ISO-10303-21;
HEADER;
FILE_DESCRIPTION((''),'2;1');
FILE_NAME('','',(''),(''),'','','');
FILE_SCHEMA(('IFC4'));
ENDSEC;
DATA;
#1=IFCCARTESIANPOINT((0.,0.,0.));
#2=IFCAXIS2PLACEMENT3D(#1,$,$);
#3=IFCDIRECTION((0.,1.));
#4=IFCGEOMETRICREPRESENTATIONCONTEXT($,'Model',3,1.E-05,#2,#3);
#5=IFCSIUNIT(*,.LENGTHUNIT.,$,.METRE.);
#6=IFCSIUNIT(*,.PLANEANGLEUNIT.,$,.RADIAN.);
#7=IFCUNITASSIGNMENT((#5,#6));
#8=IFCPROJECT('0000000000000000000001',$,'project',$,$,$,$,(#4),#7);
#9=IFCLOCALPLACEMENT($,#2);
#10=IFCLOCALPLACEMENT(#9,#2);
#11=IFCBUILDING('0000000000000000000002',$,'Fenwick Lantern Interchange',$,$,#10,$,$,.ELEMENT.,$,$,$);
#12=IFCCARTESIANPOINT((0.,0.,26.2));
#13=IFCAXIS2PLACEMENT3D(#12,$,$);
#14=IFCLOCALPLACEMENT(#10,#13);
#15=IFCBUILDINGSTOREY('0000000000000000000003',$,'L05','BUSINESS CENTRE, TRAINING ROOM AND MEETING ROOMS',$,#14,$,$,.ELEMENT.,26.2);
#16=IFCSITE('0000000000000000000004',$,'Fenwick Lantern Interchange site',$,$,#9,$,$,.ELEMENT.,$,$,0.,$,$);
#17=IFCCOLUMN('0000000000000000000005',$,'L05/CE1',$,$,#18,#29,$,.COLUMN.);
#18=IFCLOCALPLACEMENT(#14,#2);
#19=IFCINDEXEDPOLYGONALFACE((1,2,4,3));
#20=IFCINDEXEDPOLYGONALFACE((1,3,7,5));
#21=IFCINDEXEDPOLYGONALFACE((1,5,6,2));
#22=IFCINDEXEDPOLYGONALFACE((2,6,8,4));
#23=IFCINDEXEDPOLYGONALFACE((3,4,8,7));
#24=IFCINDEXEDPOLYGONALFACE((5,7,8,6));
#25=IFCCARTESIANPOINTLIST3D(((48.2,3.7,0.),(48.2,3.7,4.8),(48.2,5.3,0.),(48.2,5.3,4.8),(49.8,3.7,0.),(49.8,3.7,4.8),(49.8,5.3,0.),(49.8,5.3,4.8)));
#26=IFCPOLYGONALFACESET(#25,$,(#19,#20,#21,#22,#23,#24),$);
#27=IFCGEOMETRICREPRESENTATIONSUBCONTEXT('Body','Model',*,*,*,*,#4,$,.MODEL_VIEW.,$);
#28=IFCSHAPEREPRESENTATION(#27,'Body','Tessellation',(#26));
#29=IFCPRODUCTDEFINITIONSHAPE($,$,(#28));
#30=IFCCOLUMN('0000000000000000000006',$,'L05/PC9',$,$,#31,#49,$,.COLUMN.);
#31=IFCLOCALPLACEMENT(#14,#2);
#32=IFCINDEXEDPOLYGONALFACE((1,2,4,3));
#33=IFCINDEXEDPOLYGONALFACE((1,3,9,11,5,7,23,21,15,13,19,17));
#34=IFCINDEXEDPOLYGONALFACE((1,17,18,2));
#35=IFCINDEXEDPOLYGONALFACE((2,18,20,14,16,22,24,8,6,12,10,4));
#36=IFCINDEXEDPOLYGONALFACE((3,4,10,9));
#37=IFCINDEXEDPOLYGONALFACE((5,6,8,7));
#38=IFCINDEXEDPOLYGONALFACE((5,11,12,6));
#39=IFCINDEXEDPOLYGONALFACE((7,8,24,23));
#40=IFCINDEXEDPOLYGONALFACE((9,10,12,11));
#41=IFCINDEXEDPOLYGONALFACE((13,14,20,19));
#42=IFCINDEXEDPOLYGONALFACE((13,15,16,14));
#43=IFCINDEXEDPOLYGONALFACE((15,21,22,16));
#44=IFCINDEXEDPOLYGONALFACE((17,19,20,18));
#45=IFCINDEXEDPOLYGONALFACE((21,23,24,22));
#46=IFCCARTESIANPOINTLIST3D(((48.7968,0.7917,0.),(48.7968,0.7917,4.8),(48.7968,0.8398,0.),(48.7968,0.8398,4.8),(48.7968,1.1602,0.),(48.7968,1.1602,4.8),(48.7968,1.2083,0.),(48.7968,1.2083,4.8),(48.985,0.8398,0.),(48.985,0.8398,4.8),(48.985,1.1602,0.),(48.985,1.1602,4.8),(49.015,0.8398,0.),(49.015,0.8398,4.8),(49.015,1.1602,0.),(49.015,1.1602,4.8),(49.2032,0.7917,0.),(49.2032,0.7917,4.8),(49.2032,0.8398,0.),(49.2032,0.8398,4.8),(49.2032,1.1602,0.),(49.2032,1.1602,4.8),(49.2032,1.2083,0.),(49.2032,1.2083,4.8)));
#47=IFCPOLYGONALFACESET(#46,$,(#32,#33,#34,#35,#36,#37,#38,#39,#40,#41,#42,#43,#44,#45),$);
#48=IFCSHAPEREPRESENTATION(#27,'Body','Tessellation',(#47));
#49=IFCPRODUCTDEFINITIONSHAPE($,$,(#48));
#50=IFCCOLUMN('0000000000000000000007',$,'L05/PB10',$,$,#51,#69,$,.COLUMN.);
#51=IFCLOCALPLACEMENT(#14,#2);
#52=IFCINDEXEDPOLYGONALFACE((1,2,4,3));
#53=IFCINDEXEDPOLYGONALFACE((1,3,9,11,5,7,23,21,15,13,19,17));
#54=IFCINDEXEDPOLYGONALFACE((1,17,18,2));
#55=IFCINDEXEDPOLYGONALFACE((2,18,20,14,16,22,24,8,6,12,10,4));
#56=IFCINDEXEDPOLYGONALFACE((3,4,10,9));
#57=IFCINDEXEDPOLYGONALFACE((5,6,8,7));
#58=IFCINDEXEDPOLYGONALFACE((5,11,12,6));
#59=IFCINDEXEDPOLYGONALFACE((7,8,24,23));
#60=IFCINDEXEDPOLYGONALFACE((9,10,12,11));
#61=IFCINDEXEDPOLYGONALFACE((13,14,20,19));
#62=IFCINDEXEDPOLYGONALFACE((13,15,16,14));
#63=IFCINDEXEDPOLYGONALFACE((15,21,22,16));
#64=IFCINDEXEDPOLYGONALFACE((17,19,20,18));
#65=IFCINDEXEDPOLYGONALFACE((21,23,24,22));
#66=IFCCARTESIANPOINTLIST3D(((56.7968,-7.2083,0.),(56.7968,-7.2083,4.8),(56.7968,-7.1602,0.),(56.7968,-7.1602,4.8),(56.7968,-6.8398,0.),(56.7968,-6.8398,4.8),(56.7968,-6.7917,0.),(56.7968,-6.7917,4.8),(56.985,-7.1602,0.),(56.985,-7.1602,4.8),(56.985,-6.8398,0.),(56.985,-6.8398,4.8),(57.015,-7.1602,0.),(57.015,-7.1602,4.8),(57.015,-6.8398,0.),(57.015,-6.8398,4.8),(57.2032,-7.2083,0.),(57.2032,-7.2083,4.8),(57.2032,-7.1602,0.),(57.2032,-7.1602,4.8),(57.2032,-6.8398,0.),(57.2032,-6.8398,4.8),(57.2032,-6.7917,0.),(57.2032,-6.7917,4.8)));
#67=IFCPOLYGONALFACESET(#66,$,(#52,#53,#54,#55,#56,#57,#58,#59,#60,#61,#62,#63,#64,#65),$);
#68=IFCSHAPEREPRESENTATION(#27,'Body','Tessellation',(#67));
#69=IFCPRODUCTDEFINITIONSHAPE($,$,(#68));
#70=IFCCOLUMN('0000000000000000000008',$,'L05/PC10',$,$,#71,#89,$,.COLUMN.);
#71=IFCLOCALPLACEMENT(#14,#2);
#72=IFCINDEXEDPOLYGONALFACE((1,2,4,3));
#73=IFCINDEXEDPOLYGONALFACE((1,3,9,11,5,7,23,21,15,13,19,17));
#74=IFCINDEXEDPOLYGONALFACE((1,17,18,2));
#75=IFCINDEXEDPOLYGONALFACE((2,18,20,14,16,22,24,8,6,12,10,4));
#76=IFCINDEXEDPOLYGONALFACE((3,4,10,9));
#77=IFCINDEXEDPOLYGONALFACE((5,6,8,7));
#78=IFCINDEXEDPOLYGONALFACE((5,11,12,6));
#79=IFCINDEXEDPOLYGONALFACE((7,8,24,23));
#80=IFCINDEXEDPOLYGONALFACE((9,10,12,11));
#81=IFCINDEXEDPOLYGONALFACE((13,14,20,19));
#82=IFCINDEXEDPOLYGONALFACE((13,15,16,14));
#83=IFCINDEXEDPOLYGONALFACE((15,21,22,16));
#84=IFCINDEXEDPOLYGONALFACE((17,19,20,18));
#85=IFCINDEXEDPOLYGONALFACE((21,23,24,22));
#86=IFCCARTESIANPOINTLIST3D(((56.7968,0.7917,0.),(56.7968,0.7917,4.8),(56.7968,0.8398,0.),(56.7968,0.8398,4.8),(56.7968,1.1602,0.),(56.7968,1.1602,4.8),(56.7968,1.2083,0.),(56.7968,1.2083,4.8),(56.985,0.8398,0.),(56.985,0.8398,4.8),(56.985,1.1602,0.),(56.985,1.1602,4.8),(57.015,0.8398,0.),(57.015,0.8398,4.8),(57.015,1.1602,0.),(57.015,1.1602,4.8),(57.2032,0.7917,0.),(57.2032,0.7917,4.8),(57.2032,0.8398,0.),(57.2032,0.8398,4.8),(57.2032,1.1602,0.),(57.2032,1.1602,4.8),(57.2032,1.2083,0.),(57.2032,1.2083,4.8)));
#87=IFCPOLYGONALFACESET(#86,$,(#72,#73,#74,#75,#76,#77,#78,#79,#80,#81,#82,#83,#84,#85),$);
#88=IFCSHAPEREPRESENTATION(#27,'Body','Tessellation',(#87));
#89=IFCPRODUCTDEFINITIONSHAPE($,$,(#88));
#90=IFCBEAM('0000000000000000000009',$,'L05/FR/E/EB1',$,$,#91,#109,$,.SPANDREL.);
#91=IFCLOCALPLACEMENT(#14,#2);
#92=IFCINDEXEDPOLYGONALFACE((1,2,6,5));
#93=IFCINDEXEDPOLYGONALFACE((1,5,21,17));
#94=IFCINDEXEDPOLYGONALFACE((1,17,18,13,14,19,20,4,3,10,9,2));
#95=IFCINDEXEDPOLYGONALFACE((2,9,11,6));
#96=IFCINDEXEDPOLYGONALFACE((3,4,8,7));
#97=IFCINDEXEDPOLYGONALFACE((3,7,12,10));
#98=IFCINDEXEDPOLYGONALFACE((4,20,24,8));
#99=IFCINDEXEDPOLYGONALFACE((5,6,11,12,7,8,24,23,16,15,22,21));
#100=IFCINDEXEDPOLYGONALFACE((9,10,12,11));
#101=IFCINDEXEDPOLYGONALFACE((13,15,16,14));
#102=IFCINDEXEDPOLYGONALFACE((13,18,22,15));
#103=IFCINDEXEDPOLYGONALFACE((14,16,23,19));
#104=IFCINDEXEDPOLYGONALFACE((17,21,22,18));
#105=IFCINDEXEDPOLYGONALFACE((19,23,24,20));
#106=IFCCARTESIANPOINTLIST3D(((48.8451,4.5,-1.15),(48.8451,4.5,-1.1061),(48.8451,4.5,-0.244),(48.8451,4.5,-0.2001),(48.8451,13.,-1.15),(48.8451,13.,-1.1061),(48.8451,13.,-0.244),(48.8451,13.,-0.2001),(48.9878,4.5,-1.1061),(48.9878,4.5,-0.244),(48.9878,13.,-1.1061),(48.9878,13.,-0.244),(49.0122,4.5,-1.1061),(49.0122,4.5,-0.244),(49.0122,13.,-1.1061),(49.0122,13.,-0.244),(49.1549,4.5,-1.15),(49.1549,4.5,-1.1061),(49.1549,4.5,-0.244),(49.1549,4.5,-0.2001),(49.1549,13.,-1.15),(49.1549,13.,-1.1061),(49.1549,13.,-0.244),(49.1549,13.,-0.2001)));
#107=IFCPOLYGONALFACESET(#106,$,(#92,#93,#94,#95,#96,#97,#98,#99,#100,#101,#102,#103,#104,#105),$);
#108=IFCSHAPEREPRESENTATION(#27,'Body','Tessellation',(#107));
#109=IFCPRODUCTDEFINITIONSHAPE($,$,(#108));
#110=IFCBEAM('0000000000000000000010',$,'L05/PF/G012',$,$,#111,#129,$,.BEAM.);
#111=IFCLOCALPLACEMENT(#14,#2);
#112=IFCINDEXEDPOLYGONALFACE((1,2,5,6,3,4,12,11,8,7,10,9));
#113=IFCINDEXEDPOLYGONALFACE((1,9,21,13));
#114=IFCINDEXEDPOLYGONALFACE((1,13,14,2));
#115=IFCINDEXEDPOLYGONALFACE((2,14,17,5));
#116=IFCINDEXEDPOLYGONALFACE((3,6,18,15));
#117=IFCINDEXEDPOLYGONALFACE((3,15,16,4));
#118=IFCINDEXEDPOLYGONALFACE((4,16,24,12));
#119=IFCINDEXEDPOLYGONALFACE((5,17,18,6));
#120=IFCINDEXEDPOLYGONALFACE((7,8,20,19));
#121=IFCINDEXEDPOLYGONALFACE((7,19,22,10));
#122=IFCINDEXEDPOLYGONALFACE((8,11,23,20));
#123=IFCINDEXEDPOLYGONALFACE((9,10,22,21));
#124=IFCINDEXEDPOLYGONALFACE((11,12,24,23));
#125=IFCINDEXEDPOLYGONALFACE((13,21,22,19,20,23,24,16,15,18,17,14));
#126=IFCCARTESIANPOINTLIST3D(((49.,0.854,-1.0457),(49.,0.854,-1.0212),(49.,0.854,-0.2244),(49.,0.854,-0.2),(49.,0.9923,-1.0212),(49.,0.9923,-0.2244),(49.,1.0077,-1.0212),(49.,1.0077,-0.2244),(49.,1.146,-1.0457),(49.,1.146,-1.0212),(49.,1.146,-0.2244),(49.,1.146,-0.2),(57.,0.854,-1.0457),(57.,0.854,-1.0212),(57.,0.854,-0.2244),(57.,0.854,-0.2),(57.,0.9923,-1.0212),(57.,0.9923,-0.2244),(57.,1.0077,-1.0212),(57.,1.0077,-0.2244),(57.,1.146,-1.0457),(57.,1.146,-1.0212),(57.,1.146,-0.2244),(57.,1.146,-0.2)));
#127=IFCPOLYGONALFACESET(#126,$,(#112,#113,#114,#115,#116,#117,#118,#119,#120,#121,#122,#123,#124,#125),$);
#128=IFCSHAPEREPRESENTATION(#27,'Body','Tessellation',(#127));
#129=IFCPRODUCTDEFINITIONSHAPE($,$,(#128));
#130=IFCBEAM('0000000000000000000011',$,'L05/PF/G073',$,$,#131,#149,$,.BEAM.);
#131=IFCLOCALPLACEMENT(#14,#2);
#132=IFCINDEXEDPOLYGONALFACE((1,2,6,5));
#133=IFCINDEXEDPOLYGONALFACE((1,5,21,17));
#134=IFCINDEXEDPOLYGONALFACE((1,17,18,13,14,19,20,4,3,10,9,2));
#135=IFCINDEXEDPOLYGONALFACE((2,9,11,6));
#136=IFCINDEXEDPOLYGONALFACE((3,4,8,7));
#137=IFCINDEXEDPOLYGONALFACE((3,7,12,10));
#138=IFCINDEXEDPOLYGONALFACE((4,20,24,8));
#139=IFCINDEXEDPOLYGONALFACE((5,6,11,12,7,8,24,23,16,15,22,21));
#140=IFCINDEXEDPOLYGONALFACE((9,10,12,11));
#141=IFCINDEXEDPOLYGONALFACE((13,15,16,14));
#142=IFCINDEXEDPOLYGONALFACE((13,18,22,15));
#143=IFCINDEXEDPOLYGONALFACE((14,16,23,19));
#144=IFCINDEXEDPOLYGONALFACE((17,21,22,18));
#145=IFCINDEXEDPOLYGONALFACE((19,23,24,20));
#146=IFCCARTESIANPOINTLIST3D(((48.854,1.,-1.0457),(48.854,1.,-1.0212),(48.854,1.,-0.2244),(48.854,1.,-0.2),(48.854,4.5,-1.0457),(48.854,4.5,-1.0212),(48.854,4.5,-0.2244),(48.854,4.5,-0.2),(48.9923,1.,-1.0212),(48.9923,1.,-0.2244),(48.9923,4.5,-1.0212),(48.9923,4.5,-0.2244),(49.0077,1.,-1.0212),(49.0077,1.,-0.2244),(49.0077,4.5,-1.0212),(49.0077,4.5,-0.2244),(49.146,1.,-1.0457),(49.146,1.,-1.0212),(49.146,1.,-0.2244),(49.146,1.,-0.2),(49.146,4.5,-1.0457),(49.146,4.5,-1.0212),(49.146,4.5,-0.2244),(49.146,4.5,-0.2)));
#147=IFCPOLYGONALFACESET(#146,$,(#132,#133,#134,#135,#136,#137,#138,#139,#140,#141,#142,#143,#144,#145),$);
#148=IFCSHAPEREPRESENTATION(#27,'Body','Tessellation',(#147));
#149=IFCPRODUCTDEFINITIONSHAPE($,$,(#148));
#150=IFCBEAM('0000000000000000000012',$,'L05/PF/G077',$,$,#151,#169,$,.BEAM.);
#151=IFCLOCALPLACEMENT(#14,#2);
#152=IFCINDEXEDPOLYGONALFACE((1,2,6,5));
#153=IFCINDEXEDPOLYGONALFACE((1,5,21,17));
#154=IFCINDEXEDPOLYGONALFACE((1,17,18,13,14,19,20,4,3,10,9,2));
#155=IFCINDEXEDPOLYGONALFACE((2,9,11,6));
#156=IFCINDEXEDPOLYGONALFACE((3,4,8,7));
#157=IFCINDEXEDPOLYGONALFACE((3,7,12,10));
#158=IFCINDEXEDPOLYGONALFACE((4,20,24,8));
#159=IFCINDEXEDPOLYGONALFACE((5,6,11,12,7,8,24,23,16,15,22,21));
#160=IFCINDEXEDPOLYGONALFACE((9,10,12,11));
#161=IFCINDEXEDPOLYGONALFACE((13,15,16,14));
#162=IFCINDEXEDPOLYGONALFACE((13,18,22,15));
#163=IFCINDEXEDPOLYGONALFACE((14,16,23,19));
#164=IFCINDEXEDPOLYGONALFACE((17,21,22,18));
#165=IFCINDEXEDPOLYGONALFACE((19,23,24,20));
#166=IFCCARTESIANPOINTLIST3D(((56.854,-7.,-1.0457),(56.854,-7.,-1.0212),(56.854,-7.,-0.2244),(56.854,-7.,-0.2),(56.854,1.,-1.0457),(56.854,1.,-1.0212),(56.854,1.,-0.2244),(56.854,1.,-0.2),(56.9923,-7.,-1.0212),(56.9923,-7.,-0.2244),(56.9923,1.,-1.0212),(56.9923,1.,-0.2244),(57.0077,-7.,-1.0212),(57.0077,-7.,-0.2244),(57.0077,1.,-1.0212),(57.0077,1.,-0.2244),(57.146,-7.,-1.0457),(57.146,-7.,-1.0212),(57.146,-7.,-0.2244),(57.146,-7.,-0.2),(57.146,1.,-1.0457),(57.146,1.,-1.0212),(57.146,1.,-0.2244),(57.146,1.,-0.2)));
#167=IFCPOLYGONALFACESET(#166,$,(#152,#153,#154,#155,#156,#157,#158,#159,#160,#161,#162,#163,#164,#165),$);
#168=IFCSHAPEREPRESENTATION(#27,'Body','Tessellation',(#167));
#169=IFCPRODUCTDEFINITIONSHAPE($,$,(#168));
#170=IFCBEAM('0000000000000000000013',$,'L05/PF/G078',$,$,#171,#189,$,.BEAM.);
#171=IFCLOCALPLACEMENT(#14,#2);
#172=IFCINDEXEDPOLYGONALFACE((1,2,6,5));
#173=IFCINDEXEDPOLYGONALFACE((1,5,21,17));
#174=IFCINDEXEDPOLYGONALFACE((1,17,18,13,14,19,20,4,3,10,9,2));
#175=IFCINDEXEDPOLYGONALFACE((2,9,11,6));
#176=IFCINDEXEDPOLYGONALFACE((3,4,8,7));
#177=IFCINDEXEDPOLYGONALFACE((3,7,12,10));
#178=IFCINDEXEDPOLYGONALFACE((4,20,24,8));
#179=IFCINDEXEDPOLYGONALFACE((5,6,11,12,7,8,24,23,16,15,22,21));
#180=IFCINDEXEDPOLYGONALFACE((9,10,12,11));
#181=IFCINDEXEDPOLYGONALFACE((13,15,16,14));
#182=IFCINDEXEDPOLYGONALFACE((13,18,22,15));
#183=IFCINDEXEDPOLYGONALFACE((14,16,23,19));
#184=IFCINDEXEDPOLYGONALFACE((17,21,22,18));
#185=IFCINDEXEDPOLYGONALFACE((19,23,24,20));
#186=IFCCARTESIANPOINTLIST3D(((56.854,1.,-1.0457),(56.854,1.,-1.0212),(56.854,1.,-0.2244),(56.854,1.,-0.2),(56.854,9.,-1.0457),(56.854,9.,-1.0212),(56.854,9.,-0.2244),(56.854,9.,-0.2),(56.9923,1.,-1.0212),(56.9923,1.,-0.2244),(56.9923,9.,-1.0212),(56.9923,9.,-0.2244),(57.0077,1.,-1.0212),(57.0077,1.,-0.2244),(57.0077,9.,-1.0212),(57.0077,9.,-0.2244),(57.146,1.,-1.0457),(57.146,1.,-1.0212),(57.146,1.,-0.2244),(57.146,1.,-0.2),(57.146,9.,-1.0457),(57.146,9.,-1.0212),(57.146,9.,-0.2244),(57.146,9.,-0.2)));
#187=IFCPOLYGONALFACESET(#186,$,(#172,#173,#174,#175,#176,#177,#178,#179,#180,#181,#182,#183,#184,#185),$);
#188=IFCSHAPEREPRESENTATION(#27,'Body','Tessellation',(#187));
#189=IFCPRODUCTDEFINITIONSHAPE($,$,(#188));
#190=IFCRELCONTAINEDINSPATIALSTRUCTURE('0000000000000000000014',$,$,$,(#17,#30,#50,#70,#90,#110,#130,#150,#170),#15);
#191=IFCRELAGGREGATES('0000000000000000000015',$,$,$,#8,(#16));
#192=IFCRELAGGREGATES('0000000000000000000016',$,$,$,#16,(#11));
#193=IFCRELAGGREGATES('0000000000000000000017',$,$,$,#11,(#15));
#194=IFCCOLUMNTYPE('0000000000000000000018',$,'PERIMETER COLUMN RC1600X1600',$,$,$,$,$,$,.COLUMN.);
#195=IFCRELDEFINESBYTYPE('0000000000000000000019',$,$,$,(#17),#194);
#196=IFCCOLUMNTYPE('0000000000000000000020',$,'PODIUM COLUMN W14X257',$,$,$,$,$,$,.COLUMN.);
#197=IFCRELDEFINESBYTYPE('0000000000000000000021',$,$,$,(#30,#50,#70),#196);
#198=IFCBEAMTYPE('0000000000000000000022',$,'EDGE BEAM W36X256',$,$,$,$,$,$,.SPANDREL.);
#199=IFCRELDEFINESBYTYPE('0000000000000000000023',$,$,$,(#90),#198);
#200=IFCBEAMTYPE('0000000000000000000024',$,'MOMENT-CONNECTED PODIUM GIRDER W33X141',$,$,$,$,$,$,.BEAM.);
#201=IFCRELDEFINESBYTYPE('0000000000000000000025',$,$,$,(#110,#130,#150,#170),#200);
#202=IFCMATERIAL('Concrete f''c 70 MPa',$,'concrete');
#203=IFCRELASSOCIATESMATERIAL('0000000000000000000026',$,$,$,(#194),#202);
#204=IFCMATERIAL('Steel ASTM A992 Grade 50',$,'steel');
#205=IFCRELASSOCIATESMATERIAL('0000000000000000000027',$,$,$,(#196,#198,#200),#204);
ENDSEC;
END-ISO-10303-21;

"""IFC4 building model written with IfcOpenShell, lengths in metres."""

from ifc_helpers import new_model, si_unit, direction, frame, origin, origin_2d, place, context, subcontext, project, spatial, rectangle, i_section, extrude, material, material_profile, profile_set, type_object, element, save


model = new_model("IFC4")

# Units and contexts
model_context = context("Model", 3, precision=1e-05, world=origin(), true_north=direction((0.0, 1.0)))
body_context = subcontext(model_context, "Body", "Model", "MODEL_VIEW")
ifc_project = project(units=[si_unit("LENGTHUNIT", "METRE"), si_unit("PLANEANGLEUNIT", "RADIAN")], contexts=[model_context])

# Site, building, storey
site_placement = place(None, origin())
site = spatial("IfcSite", under=ifc_project, at=site_placement, Name="Fenwick Lantern Interchange site", CompositionType="ELEMENT", RefElevation=0.0)
building_placement = place(site_placement, origin())
building = spatial("IfcBuilding", under=site, at=building_placement, Name="Fenwick Lantern Interchange", CompositionType="ELEMENT")
storey_placement = place(building_placement, frame((0.0, 0.0, 26.2)))
storey = spatial("IfcBuildingStorey", under=building, at=storey_placement, Name="L05", Description="BUSINESS CENTRE, TRAINING ROOM AND MEETING ROOMS", CompositionType="ELEMENT", Elevation=26.2)

# Columns
ifc_material_1 = material(Name="Concrete f'c 70 MPa", Category="concrete")
ifc_material_profile_1 = material_profile(ifc_material_1, rectangle(XDim=1.6001, YDim=1.6001, at=origin_2d()), Name="RC1600X1600")
ifc_profile_set_1 = profile_set([ifc_material_profile_1], Name="Concrete f'c 70 MPa")
column_type_1 = type_object("IfcColumnType", Name="PERIMETER COLUMN RC1600X1600", PredefinedType="COLUMN", material=ifc_profile_set_1)
column_placement = place(storey_placement, frame((49.0, 4.5, 0.0), z_axis=(0.0, 0.0, 1.0), x_axis=(1.0, 0.0, 0.0)))
element("IfcColumn", 1, at=column_placement, inside=storey, type_object=column_type_1, Name="L05/CE1", PredefinedType="COLUMN", context=body_context, shape_type="SweptSolid", body=[
    extrude(rectangle(XDim=1.6001, YDim=1.6001, at=origin_2d()), origin(), (0.0, 0.0, 1.0), 4.8),
])
ifc_material_2 = material(Name="Steel ASTM A992 Grade 50", Category="steel")
ifc_material_profile_2 = material_profile(ifc_material_2, i_section(OverallWidth=0.4065, OverallDepth=0.4165, WebThickness=0.03, FlangeThickness=0.0481, at=origin_2d()), Name="W14X257")
ifc_profile_set_2 = profile_set([ifc_material_profile_2], Name="Steel ASTM A992 Grade 50")
column_type_2 = type_object("IfcColumnType", Name="PODIUM COLUMN W14X257", PredefinedType="COLUMN", material=ifc_profile_set_2)
for number, where, z_axis, x_axis, name in (
    (2, (49.0, 1.0, 0.0), (0.0, 0.0, 1.0), (1.0, 0.0, 0.0), "L05/PC9"),
    (3, (57.0, -7.0, 0.0), (0.0, 0.0, 1.0), (1.0, 0.0, 0.0), "L05/PB10"),
    (4, (57.0, 1.0, 0.0), (0.0, 0.0, 1.0), (1.0, 0.0, 0.0), "L05/PC10"),
):
    element("IfcColumn", number, at=place(storey_placement, frame(where, z_axis=z_axis, x_axis=x_axis)), inside=storey, type_object=column_type_2, Name=name, PredefinedType="COLUMN", context=body_context, shape_type="SweptSolid", body=[
        extrude(i_section(OverallWidth=0.4065, OverallDepth=0.4165, WebThickness=0.03, FlangeThickness=0.0481, at=origin_2d()), origin(), (0.0, 0.0, 1.0), 4.8),
    ])

# Beams
ifc_material_profile_3 = material_profile(ifc_material_2, i_section(OverallWidth=0.3098, OverallDepth=0.95, WebThickness=0.0244, FlangeThickness=0.0439, at=origin_2d()), Name="W36X256")
ifc_profile_set_3 = profile_set([ifc_material_profile_3], Name="Steel ASTM A992 Grade 50")
beam_type_1 = type_object("IfcBeamType", Name="EDGE BEAM W36X256", PredefinedType="SPANDREL", material=ifc_profile_set_3)
beam_1_placement = place(storey_placement, frame((49.0, 4.5, -0.675), z_axis=(0.0, 1.0, 0.0), x_axis=(-1.0, 0.0, 0.0)))
element("IfcBeam", 5, at=beam_1_placement, inside=storey, type_object=beam_type_1, Name="L05/FR/E/EB1", PredefinedType="SPANDREL", context=body_context, shape_type="SweptSolid", body=[
    extrude(i_section(OverallWidth=0.3098, OverallDepth=0.95, WebThickness=0.0244, FlangeThickness=0.0439, at=origin_2d()), origin(), (0.0, 0.0, 1.0), 8.5),
])
ifc_material_profile_4 = material_profile(ifc_material_2, i_section(OverallWidth=0.292, OverallDepth=0.8457, WebThickness=0.0154, FlangeThickness=0.0244, at=origin_2d()), Name="W33X141")
ifc_profile_set_4 = profile_set([ifc_material_profile_4], Name="Steel ASTM A992 Grade 50")
beam_type_2 = type_object("IfcBeamType", Name="MOMENT-CONNECTED PODIUM GIRDER W33X141", PredefinedType="BEAM", material=ifc_profile_set_4)
beam_2_placement = place(storey_placement, frame((49.0, 1.0, -0.6228), z_axis=(1.0, 0.0, 0.0), x_axis=(0.0, 1.0, 0.0)))
element("IfcBeam", 6, at=beam_2_placement, inside=storey, type_object=beam_type_2, Name="L05/PF/G012", PredefinedType="BEAM", context=body_context, shape_type="SweptSolid", body=[
    extrude(i_section(OverallWidth=0.292, OverallDepth=0.8457, WebThickness=0.0154, FlangeThickness=0.0244, at=origin_2d()), origin(), (0.0, 0.0, 1.0), 8.0),
])
beam_3_placement = place(storey_placement, frame((49.0, 1.0, -0.6228), z_axis=(0.0, 1.0, 0.0), x_axis=(-1.0, 0.0, 0.0)))
element("IfcBeam", 7, at=beam_3_placement, inside=storey, type_object=beam_type_2, Name="L05/PF/G073", PredefinedType="BEAM", context=body_context, shape_type="SweptSolid", body=[
    extrude(i_section(OverallWidth=0.292, OverallDepth=0.8457, WebThickness=0.0154, FlangeThickness=0.0244, at=origin_2d()), origin(), (0.0, 0.0, 1.0), 3.5),
])
for number, where, z_axis, x_axis, name in (
    (8, (57.0, -7.0, -0.6228), (0.0, 1.0, 0.0), (-1.0, 0.0, 0.0), "L05/PF/G077"),
    (9, (57.0, 1.0, -0.6228), (0.0, 1.0, 0.0), (-1.0, 0.0, 0.0), "L05/PF/G078"),
):
    element("IfcBeam", number, at=place(storey_placement, frame(where, z_axis=z_axis, x_axis=x_axis)), inside=storey, type_object=beam_type_2, Name=name, PredefinedType="BEAM", context=body_context, shape_type="SweptSolid", body=[
        extrude(i_section(OverallWidth=0.292, OverallDepth=0.8457, WebThickness=0.0154, FlangeThickness=0.0244, at=origin_2d()), origin(), (0.0, 0.0, 1.0), 8.0),
    ])

save(model, "model.ifc")
